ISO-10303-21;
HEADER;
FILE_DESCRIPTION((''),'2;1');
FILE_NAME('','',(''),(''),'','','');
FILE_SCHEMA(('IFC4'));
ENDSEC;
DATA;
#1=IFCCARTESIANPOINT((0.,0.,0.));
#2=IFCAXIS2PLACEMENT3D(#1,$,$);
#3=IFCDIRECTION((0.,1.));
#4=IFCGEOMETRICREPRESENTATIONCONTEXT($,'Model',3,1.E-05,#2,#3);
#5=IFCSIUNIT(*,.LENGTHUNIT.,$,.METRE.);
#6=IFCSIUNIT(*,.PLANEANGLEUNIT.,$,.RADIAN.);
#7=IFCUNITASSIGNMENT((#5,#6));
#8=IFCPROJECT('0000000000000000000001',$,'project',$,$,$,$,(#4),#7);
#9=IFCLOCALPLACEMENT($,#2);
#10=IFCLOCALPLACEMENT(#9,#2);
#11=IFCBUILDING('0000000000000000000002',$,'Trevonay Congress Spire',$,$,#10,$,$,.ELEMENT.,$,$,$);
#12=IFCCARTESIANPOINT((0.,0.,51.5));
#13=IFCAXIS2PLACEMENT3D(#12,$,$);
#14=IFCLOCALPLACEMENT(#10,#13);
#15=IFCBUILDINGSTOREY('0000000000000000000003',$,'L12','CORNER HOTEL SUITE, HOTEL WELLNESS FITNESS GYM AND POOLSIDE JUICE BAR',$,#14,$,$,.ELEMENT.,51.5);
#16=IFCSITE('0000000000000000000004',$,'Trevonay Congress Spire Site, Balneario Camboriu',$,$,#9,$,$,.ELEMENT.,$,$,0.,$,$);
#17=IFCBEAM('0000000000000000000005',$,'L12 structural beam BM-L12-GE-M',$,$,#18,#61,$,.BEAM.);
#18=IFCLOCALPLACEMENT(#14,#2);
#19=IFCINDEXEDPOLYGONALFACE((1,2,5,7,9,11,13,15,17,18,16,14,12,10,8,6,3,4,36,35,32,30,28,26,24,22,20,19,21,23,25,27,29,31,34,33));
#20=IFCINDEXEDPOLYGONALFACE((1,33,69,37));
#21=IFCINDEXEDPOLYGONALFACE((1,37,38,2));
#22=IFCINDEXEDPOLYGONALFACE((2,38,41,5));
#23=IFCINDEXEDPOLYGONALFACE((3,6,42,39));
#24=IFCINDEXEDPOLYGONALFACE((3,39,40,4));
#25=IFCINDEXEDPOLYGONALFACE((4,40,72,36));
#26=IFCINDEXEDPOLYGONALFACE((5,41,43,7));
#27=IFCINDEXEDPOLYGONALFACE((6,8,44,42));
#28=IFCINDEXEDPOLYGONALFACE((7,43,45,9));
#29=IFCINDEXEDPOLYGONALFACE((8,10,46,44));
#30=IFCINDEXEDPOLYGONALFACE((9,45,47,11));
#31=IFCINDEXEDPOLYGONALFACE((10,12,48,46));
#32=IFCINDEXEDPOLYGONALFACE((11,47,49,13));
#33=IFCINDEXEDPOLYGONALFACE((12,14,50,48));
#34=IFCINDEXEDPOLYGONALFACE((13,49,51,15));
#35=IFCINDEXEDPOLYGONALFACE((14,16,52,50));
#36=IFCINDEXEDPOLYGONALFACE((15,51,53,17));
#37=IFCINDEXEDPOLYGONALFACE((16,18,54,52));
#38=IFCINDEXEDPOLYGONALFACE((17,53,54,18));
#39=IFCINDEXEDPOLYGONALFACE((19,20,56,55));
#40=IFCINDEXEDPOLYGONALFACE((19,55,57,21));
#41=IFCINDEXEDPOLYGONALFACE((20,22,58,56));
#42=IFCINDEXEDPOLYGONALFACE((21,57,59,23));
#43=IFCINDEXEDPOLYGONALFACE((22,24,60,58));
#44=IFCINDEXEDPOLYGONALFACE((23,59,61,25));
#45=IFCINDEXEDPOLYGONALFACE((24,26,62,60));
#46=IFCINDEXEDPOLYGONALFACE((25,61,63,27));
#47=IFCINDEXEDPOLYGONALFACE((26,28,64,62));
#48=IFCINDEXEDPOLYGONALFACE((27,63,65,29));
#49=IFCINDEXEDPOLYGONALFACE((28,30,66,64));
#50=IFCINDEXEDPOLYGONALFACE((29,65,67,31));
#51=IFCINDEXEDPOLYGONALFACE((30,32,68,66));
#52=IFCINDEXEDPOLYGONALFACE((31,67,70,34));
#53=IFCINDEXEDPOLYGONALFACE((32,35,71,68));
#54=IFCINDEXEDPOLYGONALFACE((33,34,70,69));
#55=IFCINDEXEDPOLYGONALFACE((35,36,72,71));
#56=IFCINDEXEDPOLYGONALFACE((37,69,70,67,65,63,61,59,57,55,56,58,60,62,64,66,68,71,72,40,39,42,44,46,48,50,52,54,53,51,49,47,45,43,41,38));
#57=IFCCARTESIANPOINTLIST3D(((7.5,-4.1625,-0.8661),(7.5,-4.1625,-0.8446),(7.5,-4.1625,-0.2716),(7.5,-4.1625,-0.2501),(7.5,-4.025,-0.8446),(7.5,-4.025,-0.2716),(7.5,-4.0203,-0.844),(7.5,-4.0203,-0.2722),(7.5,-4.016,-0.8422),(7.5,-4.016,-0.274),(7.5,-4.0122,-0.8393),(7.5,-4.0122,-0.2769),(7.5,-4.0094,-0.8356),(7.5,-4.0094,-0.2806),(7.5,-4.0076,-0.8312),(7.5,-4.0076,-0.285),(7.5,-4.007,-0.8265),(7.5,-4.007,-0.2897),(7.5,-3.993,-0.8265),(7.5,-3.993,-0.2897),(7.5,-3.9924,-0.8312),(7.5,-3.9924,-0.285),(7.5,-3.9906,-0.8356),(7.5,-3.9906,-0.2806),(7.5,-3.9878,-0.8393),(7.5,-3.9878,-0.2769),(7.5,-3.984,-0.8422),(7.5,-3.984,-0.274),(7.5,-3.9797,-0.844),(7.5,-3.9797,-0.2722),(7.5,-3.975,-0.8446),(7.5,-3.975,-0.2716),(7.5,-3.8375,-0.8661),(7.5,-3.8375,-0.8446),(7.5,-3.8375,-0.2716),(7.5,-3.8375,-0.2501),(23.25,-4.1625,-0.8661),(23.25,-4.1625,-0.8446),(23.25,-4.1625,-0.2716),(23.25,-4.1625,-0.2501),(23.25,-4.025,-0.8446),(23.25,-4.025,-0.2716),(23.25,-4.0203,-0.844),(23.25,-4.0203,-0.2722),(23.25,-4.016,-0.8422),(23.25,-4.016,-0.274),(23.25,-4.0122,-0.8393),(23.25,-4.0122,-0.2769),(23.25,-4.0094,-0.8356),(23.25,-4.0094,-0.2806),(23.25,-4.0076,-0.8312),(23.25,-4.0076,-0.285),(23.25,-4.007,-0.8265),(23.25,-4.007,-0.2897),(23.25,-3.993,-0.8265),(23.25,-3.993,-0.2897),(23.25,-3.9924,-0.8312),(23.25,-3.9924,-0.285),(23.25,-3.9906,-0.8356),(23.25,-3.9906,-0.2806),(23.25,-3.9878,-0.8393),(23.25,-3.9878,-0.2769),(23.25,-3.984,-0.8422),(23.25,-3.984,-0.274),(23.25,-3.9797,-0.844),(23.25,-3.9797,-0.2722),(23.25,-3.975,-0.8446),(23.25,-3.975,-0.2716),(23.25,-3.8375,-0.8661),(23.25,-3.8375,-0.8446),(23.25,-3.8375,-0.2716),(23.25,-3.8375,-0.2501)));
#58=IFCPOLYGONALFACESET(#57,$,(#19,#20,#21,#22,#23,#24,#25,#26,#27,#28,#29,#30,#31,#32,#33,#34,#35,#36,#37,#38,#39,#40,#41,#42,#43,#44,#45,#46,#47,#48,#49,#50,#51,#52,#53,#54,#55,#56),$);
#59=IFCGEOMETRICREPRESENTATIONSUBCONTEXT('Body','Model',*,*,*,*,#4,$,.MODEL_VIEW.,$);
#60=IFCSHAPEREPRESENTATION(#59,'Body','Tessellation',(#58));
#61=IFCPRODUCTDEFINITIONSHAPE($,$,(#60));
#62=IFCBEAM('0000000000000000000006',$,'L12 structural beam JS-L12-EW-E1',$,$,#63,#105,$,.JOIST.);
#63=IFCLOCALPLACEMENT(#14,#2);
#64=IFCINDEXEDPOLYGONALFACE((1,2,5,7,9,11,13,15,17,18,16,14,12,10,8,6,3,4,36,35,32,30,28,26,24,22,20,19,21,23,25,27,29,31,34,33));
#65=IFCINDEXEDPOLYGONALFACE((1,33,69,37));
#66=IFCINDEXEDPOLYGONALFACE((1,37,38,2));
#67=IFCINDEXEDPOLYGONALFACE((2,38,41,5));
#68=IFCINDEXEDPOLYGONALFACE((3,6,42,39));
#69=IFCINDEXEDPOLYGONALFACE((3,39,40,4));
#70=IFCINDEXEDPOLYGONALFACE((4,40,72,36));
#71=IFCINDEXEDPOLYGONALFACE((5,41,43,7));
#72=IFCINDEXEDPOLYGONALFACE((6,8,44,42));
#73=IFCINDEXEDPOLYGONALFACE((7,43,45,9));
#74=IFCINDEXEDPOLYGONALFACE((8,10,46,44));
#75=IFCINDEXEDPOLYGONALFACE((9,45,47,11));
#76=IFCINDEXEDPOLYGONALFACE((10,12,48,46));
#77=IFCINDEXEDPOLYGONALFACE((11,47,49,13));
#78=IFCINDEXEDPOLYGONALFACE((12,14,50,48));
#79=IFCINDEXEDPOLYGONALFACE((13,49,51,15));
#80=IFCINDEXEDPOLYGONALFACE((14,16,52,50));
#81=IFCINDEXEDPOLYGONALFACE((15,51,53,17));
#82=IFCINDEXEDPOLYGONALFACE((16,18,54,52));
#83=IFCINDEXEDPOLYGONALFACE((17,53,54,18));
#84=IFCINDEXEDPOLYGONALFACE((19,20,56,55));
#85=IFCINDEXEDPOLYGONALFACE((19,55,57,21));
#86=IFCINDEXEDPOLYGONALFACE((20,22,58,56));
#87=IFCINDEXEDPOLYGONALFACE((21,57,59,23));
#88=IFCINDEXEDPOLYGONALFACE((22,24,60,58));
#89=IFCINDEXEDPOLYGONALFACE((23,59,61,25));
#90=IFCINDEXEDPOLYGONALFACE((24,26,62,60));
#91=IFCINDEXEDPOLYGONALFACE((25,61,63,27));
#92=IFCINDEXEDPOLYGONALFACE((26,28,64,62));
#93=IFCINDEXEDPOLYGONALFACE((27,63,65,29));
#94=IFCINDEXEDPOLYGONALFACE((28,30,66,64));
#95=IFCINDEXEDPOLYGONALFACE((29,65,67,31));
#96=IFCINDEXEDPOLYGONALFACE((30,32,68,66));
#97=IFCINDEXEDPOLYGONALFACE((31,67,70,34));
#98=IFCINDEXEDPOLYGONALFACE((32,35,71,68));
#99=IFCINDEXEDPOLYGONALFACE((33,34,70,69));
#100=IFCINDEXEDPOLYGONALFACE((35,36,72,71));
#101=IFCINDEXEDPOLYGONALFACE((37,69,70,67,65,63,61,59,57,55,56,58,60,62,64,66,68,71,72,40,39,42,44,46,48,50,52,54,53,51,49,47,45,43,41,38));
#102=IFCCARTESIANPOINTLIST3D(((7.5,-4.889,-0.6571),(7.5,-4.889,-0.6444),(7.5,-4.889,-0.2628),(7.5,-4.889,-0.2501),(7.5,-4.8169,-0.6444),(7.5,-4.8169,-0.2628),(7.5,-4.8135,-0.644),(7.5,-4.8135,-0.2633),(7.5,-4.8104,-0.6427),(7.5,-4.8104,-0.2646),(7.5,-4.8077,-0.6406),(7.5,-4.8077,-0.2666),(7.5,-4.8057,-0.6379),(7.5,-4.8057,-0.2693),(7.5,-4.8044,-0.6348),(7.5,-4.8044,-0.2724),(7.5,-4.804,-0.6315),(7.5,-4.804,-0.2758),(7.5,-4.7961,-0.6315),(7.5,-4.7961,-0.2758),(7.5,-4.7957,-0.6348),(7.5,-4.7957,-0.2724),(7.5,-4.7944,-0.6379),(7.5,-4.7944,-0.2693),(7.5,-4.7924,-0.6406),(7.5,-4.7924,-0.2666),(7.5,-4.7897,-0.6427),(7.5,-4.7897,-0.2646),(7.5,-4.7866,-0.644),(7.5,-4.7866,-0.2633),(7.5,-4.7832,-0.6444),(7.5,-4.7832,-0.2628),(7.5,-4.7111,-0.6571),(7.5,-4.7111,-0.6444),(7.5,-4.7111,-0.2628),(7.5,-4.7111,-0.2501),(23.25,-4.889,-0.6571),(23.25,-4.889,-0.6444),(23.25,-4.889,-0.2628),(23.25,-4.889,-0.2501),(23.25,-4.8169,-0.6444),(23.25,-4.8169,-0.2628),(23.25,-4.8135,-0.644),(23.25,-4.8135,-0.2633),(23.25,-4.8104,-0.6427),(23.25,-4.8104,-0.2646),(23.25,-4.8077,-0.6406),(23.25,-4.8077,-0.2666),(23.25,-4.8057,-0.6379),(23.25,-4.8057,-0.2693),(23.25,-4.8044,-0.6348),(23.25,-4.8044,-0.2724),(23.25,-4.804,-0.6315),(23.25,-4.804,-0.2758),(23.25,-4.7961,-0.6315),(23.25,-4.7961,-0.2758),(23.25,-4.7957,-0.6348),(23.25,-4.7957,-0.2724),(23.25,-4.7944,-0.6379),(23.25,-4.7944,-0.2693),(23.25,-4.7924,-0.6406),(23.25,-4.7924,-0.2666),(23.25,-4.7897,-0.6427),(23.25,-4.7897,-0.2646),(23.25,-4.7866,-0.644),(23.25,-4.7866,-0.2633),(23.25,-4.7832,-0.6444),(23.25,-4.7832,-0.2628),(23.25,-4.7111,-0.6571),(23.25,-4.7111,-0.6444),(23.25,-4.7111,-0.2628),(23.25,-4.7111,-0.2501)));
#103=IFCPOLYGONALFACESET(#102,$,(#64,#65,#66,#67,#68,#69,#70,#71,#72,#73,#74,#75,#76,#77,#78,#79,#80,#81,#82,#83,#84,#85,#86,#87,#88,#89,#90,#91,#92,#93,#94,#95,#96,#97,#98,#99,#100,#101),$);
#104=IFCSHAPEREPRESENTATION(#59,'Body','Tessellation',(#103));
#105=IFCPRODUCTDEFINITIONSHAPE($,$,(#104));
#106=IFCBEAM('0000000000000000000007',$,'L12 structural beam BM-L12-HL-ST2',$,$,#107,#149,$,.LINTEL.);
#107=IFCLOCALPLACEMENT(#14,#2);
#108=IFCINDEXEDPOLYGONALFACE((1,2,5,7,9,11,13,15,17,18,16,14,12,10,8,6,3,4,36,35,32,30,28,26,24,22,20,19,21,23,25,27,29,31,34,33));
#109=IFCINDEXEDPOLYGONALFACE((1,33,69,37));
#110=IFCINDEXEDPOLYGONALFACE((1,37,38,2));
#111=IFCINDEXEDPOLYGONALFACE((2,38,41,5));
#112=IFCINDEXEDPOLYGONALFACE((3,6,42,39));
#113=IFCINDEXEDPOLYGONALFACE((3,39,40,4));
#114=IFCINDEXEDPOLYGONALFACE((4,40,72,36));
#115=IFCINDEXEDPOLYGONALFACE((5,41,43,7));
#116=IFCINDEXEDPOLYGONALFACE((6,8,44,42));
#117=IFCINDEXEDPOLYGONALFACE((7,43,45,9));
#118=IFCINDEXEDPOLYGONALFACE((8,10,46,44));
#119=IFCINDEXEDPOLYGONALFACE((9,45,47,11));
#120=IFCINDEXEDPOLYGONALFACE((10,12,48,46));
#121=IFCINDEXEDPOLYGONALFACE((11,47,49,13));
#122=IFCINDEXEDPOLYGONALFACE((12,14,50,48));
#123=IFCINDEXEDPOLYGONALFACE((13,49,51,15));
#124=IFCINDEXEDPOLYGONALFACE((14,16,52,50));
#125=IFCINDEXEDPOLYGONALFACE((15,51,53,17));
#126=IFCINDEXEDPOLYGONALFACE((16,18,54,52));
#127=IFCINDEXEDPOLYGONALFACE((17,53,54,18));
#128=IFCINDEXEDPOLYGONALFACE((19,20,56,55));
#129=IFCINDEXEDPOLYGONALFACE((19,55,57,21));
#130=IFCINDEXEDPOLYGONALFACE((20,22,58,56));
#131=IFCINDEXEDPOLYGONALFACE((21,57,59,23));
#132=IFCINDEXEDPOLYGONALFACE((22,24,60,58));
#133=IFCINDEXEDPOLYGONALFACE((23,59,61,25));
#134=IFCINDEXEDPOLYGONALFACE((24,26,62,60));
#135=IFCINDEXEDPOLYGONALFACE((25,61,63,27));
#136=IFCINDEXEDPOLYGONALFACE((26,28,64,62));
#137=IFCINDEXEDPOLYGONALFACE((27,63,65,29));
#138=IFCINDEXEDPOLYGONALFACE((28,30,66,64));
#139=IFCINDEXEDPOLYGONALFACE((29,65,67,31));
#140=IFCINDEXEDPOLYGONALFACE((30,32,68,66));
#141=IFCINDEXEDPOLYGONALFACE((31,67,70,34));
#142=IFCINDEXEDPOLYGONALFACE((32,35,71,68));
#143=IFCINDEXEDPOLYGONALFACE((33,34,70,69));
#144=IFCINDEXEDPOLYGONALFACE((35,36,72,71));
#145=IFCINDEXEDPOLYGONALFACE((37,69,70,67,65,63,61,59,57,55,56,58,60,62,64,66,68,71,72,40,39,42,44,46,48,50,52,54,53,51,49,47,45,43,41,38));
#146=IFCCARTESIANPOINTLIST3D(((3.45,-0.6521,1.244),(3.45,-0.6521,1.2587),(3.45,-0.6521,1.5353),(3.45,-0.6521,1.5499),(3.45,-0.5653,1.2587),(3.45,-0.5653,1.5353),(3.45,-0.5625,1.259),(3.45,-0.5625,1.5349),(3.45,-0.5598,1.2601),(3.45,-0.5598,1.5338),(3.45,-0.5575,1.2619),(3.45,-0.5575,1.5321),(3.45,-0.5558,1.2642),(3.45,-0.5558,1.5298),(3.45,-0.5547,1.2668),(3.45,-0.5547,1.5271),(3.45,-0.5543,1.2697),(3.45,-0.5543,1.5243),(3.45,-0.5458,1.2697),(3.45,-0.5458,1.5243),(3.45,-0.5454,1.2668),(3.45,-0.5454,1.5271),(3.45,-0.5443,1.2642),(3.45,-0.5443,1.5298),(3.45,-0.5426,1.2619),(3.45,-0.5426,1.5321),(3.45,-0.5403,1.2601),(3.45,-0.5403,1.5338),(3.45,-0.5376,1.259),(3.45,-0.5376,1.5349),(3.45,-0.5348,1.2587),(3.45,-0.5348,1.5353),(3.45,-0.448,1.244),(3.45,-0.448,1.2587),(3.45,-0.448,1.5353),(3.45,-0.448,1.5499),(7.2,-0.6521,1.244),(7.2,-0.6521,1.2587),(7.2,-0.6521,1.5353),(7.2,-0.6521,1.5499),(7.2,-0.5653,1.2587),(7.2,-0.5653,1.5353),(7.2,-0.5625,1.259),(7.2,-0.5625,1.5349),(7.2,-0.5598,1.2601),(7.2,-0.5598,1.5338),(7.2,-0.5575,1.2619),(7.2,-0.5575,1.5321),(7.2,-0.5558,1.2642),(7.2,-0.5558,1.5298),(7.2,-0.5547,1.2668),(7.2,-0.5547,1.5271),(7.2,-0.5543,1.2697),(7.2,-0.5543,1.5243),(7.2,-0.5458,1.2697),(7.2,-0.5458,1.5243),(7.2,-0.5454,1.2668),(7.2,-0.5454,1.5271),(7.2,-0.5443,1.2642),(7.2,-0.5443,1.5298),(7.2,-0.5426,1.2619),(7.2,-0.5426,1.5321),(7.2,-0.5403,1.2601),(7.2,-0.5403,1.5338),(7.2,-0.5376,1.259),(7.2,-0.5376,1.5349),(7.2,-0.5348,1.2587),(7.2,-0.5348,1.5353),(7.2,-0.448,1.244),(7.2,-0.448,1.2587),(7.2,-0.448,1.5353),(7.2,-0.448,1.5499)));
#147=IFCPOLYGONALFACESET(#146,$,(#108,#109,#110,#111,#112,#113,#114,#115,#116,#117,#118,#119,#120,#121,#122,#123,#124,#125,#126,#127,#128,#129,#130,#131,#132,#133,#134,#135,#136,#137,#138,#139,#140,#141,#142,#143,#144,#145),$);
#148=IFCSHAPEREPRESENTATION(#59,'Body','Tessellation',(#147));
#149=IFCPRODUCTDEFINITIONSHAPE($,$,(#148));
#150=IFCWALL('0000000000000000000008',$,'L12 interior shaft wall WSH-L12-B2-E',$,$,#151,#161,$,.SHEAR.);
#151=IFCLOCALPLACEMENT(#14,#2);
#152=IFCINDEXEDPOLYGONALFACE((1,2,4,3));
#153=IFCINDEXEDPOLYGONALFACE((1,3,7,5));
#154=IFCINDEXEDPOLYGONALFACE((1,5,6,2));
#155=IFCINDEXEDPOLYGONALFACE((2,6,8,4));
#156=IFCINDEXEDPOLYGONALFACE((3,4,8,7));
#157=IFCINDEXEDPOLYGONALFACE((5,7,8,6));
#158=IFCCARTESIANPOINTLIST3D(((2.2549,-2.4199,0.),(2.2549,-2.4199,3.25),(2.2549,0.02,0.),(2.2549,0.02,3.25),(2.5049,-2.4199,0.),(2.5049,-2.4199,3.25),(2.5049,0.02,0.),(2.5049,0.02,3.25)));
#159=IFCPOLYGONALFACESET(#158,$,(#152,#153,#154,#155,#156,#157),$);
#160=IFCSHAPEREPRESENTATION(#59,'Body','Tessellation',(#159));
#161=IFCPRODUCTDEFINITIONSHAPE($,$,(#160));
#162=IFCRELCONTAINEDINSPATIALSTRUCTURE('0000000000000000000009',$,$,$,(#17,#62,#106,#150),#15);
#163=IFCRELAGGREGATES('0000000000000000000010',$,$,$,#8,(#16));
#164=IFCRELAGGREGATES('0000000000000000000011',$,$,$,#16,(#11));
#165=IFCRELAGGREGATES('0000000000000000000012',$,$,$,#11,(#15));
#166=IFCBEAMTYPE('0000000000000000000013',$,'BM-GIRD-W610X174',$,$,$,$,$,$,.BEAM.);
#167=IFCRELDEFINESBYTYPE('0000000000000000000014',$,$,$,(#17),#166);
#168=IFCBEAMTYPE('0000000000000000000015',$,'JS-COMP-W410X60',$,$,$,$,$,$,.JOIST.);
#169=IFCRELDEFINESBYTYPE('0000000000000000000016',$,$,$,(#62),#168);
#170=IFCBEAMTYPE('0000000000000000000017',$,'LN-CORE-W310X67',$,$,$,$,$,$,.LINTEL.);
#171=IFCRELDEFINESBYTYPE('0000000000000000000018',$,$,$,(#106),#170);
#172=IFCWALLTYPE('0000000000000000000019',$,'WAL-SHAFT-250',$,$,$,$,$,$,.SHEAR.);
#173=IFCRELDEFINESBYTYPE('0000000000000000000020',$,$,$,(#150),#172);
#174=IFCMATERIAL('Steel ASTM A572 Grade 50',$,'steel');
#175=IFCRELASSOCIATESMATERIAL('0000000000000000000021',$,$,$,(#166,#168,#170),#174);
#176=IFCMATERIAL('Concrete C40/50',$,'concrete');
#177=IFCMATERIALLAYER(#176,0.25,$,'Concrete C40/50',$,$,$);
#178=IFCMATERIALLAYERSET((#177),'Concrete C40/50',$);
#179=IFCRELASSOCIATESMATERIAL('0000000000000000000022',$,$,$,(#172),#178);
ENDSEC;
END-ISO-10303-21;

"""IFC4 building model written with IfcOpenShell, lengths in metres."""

from ifc_helpers import new_model, si_unit, direction, frame, frame_2d, origin, origin_2d, place, context, subcontext, project, spatial, rectangle, i_section, extrude, material, layer, layer_set, material_profile, profile_set, type_object, element, save


model = new_model("IFC4")

# Units and contexts
model_context = context("Model", 3, precision=1e-05, world=origin(), true_north=direction((0.0, 1.0)))
body_context = subcontext(model_context, "Body", "Model", "MODEL_VIEW")
ifc_project = project(units=[si_unit("LENGTHUNIT", "METRE"), si_unit("PLANEANGLEUNIT", "RADIAN")], contexts=[model_context])

# Site, building, storey
site_placement = place(None, origin())
site = spatial("IfcSite", under=ifc_project, at=site_placement, Name="Trevonay Congress Spire Site, Balneario Camboriu", CompositionType="ELEMENT", RefElevation=0.0)
building_placement = place(site_placement, origin())
building = spatial("IfcBuilding", under=site, at=building_placement, Name="Trevonay Congress Spire", CompositionType="ELEMENT")
storey_placement = place(building_placement, frame((0.0, 0.0, 51.5)))
storey = spatial("IfcBuildingStorey", under=building, at=storey_placement, Name="L12", Description="CORNER HOTEL SUITE, HOTEL WELLNESS FITNESS GYM AND POOLSIDE JUICE BAR", CompositionType="ELEMENT", Elevation=51.5)

# Beams
ifc_material_1 = material(Name="Steel ASTM A572 Grade 50", Category="steel")
ifc_material_profile_1 = material_profile(ifc_material_1, i_section(OverallWidth=0.325, OverallDepth=0.616, WebThickness=0.0139, FlangeThickness=0.0215, FilletRadius=0.0181, at=origin_2d()), Name="W610x174")
ifc_profile_set_1 = profile_set([ifc_material_profile_1], Name="Steel ASTM A572 Grade 50")
beam_type_1 = type_object("IfcBeamType", Name="BM-GIRD-W610X174", PredefinedType="BEAM", material=ifc_profile_set_1)
beam_1_placement = place(storey_placement, frame((7.5, -4.0, -0.5581), z_axis=(1.0, 0.0, 0.0), x_axis=(0.0, 1.0, 0.0)))
element("IfcBeam", 1, at=beam_1_placement, inside=storey, type_object=beam_type_1, Name="L12 structural beam BM-L12-GE-M", PredefinedType="BEAM", context=body_context, shape_type="SweptSolid", body=[
    extrude(i_section(OverallWidth=0.325, OverallDepth=0.616, WebThickness=0.0139, FlangeThickness=0.0215, FilletRadius=0.0181, at=origin_2d()), origin(), (0.0, 0.0, 1.0), 15.75),
])
ifc_material_profile_2 = material_profile(ifc_material_1, i_section(OverallWidth=0.178, OverallDepth=0.407, WebThickness=0.0078, FlangeThickness=0.0127, FilletRadius=0.0129, at=origin_2d()), Name="W410x60")
ifc_profile_set_2 = profile_set([ifc_material_profile_2], Name="Steel ASTM A572 Grade 50")
beam_type_2 = type_object("IfcBeamType", Name="JS-COMP-W410X60", PredefinedType="JOIST", material=ifc_profile_set_2)
beam_2_placement = place(storey_placement, frame((7.5, -4.8, -0.4536), z_axis=(1.0, 0.0, 0.0), x_axis=(0.0, 1.0, 0.0)))
element("IfcBeam", 2, at=beam_2_placement, inside=storey, type_object=beam_type_2, Name="L12 structural beam JS-L12-EW-E1", PredefinedType="JOIST", context=body_context, shape_type="SweptSolid", body=[
    extrude(i_section(OverallWidth=0.178, OverallDepth=0.407, WebThickness=0.0078, FlangeThickness=0.0127, FilletRadius=0.0129, at=origin_2d()), origin(), (0.0, 0.0, 1.0), 15.75),
])
ifc_material_profile_3 = material_profile(ifc_material_1, i_section(OverallWidth=0.2041, OverallDepth=0.3059, WebThickness=0.0085, FlangeThickness=0.0146, FilletRadius=0.011, at=origin_2d()), Name="W310x67")
ifc_profile_set_3 = profile_set([ifc_material_profile_3], Name="Steel ASTM A572 Grade 50")
beam_type_3 = type_object("IfcBeamType", Name="LN-CORE-W310X67", PredefinedType="LINTEL", material=ifc_profile_set_3)
beam_3_placement = place(storey_placement, frame((3.45, -0.55, 1.397), z_axis=(1.0, 0.0, 0.0), x_axis=(0.0, 1.0, 0.0)))
element("IfcBeam", 3, at=beam_3_placement, inside=storey, type_object=beam_type_3, Name="L12 structural beam BM-L12-HL-ST2", PredefinedType="LINTEL", context=body_context, shape_type="SweptSolid", body=[
    extrude(i_section(OverallWidth=0.2041, OverallDepth=0.3059, WebThickness=0.0085, FlangeThickness=0.0146, FilletRadius=0.011, at=origin_2d()), origin(), (0.0, 0.0, 1.0), 3.75),
])

# Wall
ifc_material_2 = material(Name="Concrete C40/50", Category="concrete")
ifc_layer_1 = layer(ifc_material_2, 0.25, Name="Concrete C40/50")
ifc_layer_set_1 = layer_set([ifc_layer_1], Name="Concrete C40/50")
wall_type = type_object("IfcWallType", Name="WAL-SHAFT-250", PredefinedType="SHEAR", material=ifc_layer_set_1)
wall_placement = place(storey_placement, frame((2.3799, -2.4199, 0.0), z_axis=(0.0, 0.0, 1.0), x_axis=(0.0, 1.0, 0.0)))
element("IfcWall", 4, at=wall_placement, inside=storey, type_object=wall_type, Name="L12 interior shaft wall WSH-L12-B2-E", PredefinedType="SHEAR", context=body_context, shape_type="SweptSolid", body=[
    extrude(rectangle(XDim=2.4399, YDim=0.25, at=frame_2d((1.22, 0.0))), origin(), (0.0, 0.0, 1.0), 3.25),
])

save(model, "model.ifc")
